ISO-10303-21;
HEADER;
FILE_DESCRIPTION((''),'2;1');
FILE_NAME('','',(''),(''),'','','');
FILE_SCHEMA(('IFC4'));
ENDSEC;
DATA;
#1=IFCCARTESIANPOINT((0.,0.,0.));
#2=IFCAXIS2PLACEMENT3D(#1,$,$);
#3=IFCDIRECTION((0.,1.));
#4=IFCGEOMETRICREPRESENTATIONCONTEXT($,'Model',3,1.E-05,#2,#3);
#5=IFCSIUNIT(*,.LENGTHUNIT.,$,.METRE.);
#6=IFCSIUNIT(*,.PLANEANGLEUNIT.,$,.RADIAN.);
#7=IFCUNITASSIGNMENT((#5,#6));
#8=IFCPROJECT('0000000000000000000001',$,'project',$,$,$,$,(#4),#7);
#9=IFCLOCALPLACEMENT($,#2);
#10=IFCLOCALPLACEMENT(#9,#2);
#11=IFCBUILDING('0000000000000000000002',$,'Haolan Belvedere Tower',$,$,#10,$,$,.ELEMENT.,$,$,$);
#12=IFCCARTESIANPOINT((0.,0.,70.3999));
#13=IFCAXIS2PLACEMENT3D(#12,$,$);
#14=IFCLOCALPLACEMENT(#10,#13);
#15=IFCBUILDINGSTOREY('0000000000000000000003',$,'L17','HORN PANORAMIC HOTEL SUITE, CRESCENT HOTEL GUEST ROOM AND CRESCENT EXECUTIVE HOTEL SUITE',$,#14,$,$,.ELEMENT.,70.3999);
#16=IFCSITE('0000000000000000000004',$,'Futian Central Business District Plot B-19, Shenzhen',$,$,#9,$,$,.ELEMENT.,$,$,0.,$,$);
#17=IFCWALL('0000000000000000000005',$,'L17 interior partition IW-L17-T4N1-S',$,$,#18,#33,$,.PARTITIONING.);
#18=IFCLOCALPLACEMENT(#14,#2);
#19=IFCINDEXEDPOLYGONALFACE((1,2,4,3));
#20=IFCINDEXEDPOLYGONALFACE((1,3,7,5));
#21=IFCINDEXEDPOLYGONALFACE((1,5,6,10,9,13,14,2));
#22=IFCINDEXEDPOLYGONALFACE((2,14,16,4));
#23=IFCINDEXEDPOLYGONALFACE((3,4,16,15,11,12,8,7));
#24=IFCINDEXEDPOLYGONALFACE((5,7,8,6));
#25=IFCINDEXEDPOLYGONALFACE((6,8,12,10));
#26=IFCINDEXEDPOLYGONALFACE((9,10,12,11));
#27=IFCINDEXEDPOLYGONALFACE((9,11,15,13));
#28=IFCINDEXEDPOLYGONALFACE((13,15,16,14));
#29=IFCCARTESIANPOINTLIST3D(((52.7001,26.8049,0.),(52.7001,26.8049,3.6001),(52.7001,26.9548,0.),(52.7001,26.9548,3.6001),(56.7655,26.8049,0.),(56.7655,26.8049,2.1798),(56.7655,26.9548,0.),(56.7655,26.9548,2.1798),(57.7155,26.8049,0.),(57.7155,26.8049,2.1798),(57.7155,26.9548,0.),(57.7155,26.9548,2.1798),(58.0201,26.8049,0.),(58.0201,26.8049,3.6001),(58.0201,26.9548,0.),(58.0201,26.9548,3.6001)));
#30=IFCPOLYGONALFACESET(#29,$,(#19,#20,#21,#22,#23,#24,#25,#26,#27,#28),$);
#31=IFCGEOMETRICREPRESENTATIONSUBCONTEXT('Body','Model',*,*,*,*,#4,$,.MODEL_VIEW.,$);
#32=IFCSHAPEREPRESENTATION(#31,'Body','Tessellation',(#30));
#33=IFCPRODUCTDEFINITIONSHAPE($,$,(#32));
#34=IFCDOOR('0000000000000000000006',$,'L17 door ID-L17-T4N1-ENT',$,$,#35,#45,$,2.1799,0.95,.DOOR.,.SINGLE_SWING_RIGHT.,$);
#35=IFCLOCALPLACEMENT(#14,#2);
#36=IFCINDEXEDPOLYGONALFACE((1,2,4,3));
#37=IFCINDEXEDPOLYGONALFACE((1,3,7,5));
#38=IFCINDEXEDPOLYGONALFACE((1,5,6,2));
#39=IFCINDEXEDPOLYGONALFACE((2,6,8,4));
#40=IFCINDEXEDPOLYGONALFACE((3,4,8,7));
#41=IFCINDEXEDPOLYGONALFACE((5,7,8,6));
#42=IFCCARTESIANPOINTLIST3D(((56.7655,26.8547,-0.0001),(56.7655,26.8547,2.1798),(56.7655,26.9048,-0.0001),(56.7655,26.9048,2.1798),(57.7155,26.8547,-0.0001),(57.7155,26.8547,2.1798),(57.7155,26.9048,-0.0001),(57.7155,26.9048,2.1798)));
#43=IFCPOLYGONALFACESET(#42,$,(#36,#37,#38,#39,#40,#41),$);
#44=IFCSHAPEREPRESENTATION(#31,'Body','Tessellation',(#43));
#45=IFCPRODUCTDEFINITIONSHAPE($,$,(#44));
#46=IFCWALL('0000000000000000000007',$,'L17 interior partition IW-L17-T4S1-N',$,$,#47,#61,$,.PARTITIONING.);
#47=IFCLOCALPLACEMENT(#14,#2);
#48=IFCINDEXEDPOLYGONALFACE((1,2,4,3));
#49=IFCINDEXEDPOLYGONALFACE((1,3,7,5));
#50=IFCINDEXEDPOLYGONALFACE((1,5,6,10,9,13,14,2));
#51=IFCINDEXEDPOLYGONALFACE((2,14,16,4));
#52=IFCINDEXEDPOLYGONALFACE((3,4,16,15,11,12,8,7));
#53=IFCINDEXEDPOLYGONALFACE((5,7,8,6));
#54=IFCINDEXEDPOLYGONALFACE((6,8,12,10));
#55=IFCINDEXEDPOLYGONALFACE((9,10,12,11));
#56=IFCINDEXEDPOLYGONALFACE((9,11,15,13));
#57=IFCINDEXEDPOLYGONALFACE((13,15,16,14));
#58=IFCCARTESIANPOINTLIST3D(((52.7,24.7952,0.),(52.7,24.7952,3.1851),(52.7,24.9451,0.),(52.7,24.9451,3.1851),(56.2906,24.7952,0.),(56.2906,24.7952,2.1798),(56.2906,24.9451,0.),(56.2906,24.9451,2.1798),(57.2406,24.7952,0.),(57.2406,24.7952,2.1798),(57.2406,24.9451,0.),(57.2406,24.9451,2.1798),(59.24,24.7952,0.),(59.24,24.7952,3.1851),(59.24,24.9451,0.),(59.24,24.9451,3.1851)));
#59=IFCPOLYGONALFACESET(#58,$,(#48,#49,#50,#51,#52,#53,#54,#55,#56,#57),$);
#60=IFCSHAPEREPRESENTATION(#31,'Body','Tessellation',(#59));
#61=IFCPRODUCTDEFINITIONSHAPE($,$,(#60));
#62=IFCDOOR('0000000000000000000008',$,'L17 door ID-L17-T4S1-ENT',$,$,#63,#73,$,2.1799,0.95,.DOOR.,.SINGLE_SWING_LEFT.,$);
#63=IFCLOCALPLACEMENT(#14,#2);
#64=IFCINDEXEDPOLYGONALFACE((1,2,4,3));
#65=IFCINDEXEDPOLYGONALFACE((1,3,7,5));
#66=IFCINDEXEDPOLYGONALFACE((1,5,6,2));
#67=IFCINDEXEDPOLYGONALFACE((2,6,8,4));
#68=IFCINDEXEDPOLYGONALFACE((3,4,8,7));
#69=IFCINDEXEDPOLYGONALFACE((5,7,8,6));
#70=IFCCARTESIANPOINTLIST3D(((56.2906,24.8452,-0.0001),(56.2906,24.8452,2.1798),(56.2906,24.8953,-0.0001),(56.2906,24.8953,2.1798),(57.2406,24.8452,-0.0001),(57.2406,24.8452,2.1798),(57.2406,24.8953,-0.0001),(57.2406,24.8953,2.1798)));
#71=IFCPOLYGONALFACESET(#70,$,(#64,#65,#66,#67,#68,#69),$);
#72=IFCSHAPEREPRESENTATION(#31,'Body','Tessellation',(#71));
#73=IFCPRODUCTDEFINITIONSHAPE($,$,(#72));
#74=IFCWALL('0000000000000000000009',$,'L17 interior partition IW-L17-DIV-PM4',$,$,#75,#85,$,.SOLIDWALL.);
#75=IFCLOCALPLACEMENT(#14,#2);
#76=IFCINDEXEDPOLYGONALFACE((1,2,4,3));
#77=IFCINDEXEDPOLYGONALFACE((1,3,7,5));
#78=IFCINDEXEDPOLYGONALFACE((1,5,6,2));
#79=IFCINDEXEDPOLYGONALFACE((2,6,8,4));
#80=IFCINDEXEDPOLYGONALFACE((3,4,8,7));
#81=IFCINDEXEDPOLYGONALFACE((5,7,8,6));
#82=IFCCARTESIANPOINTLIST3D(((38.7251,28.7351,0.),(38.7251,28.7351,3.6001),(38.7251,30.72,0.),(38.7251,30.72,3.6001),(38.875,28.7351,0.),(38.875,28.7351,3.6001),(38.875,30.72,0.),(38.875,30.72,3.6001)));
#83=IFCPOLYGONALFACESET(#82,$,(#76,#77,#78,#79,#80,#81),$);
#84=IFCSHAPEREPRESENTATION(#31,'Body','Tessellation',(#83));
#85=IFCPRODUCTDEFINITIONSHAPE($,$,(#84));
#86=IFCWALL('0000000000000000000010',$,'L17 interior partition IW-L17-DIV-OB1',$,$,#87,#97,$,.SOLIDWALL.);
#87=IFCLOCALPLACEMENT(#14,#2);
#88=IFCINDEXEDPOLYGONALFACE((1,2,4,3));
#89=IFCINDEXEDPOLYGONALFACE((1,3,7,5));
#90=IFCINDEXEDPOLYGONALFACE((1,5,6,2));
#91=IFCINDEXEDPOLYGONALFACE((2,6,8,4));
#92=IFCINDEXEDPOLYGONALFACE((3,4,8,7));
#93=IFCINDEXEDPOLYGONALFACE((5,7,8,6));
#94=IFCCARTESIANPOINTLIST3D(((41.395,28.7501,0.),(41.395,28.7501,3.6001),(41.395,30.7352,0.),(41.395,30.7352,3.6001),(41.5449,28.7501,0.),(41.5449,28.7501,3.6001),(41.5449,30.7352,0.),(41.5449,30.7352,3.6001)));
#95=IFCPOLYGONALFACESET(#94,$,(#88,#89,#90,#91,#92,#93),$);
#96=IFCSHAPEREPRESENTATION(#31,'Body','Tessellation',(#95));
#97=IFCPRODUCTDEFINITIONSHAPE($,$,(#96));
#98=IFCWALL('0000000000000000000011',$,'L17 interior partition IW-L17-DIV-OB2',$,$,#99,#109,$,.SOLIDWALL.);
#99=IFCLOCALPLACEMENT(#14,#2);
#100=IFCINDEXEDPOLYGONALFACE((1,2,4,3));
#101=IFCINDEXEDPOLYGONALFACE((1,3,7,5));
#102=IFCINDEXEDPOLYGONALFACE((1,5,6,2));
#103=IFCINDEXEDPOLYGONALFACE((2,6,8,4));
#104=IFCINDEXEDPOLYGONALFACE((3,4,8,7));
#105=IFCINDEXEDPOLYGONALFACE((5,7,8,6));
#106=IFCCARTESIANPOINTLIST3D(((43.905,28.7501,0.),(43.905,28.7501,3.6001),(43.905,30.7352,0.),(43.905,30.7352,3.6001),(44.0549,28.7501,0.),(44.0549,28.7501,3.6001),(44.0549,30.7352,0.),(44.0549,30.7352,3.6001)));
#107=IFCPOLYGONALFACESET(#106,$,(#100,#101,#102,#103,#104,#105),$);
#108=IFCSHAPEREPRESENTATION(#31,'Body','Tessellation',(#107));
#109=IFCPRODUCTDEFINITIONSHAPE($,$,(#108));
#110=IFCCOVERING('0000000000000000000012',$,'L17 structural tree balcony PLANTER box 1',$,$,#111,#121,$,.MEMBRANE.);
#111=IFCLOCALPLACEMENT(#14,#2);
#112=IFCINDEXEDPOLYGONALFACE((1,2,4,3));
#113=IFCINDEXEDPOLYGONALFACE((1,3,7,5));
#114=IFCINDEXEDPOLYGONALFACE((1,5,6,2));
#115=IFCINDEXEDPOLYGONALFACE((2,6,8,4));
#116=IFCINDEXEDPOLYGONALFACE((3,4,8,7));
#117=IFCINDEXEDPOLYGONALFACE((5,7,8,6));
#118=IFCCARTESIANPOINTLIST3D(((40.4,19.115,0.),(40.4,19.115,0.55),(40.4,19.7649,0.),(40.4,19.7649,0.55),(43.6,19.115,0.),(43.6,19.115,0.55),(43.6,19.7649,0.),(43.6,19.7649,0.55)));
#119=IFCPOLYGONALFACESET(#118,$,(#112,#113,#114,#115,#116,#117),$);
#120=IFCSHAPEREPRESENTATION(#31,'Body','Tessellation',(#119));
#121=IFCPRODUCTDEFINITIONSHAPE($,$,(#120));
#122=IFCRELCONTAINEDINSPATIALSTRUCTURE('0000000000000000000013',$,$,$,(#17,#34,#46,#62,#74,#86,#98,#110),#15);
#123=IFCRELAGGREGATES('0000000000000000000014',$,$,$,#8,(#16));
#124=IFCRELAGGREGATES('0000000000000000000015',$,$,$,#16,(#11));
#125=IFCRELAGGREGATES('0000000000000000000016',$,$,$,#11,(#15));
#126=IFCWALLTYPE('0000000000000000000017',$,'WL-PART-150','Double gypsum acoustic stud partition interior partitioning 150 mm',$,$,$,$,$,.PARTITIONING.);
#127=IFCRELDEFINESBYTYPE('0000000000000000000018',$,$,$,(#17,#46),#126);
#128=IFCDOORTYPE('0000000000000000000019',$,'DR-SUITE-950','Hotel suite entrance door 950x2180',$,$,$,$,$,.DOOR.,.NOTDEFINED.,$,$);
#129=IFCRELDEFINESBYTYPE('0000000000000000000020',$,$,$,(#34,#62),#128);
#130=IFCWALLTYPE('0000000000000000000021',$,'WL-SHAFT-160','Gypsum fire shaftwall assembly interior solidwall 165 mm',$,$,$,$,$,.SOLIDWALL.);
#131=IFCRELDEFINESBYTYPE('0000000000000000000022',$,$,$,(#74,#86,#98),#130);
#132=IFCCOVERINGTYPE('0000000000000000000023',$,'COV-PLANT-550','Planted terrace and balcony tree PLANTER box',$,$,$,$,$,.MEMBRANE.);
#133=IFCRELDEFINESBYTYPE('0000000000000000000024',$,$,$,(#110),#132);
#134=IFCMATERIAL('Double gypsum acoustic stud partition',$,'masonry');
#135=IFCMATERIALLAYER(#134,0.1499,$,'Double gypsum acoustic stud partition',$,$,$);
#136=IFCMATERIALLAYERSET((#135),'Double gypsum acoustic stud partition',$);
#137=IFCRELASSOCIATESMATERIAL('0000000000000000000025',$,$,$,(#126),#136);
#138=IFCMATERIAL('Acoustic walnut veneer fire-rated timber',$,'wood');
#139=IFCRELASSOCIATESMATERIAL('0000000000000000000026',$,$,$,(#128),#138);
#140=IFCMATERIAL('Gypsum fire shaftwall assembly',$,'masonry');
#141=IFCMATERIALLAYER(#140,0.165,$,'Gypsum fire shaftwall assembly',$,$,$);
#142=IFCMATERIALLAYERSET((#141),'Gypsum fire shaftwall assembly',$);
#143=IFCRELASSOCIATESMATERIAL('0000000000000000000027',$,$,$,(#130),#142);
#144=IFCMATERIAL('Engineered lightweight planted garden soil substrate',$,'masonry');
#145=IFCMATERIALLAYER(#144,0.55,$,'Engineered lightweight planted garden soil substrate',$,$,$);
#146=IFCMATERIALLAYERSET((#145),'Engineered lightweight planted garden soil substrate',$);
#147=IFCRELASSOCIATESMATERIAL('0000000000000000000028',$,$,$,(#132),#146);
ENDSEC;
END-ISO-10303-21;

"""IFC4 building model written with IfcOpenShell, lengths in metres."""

from ifc_helpers import new_model, si_unit, direction, frame, frame_2d, origin, origin_2d, place, context, subcontext, project, spatial, rectangle, extrude, material, layer, layer_set, type_object, element, fill, save


model = new_model("IFC4")

# Units and contexts
model_context = context("Model", 3, precision=1e-05, world=origin(), true_north=direction((0.0, 1.0)))
body_context = subcontext(model_context, "Body", "Model", "MODEL_VIEW")
ifc_project = project(units=[si_unit("LENGTHUNIT", "METRE"), si_unit("PLANEANGLEUNIT", "RADIAN")], contexts=[model_context])

# Site, building, storey
site_placement = place(None, origin())
site = spatial("IfcSite", under=ifc_project, at=site_placement, Name="Futian Central Business District Plot B-19, Shenzhen", CompositionType="ELEMENT", RefElevation=0.0)
building_placement = place(site_placement, origin())
building = spatial("IfcBuilding", under=site, at=building_placement, Name="Haolan Belvedere Tower", CompositionType="ELEMENT")
storey_placement = place(building_placement, frame((0.0, 0.0, 70.3999)))
storey = spatial("IfcBuildingStorey", under=building, at=storey_placement, Name="L17", Description="HORN PANORAMIC HOTEL SUITE, CRESCENT HOTEL GUEST ROOM AND CRESCENT EXECUTIVE HOTEL SUITE", CompositionType="ELEMENT", Elevation=70.3999)

# Shared definitions
ifc_material_1 = material(Name="Double gypsum acoustic stud partition", Category="masonry")
ifc_layer_1 = layer(ifc_material_1, 0.1499, Name="Double gypsum acoustic stud partition")
ifc_layer_set_1 = layer_set([ifc_layer_1], Name="Double gypsum acoustic stud partition")
wall_type_1 = type_object("IfcWallType", Name="WL-PART-150", Description="Double gypsum acoustic stud partition interior partitioning 150 mm", PredefinedType="PARTITIONING", material=ifc_layer_set_1)

# Walls, openings, doors
wall_1_placement = place(storey_placement, frame((52.7, 26.8799, 0.0), z_axis=(0.0, 0.0, 1.0), x_axis=(1.0, 0.0, 0.0)))
wall_1 = element("IfcWall", 1, at=wall_1_placement, inside=storey, type_object=wall_type_1, Name="L17 interior partition IW-L17-T4N1-S", PredefinedType="PARTITIONING", context=body_context, shape_type="SweptSolid", body=[
    extrude(rectangle(XDim=5.3201, YDim=0.1499, at=frame_2d((2.6602, 0.0))), origin(), (0.0, 0.0, 1.0), 3.6001),
])
opening_1_placement = place(wall_1_placement, frame((4.0654, 0.0, 0.0)))
opening_1 = element("IfcOpeningElement", 2, at=opening_1_placement, cuts=wall_1, PredefinedType="OPENING", context=body_context, shape_type="SweptSolid", body=[
    extrude(rectangle(XDim=0.95, YDim=2.1799, at=frame_2d((0.4751, 1.0898))), frame((0.0, 0.085, 0.0), z_axis=(0.0, -1.0, 0.0), x_axis=(1.0, 0.0, 0.0)), (0.0, 0.0, 1.0), 0.1699),
])
ifc_material_2 = material(Name="Acoustic walnut veneer fire-rated timber", Category="wood")
door_type_1 = type_object("IfcDoorType", Name="DR-SUITE-950", Description="Hotel suite entrance door 950x2180", OperationType="NOTDEFINED", PredefinedType="DOOR", material=ifc_material_2)
door_1_placement = place(opening_1_placement, origin())
door_1 = element("IfcDoor", 3, at=door_1_placement, inside=storey, type_object=door_type_1, Name="L17 door ID-L17-T4N1-ENT", OperationType="SINGLE_SWING_RIGHT", OverallHeight=2.1799, OverallWidth=0.95, PredefinedType="DOOR", context=body_context, shape_type="SweptSolid", body=[
    extrude(rectangle(XDim=0.95, YDim=2.1799, at=frame_2d((0.4751, 1.0898))), frame((0.0, 0.0249, 0.0), z_axis=(0.0, -1.0, 0.0), x_axis=(1.0, 0.0, 0.0)), (0.0, 0.0, 1.0), 0.05),
])
fill(opening_1, door_1)
wall_2_placement = place(storey_placement, frame((52.7, 24.8701, 0.0), z_axis=(0.0, 0.0, 1.0), x_axis=(1.0, 0.0, 0.0)))
wall_2 = element("IfcWall", 4, at=wall_2_placement, inside=storey, type_object=wall_type_1, Name="L17 interior partition IW-L17-T4S1-N", PredefinedType="PARTITIONING", context=body_context, shape_type="SweptSolid", body=[
    extrude(rectangle(XDim=6.54, YDim=0.1499, at=frame_2d((3.27, 0.0))), origin(), (0.0, 0.0, 1.0), 3.1851),
])
opening_2_placement = place(wall_2_placement, frame((4.5408, 0.0, 0.0), z_axis=(0.0, 0.0, 1.0), x_axis=(-1.0, 0.0, 0.0)))
opening_2 = element("IfcOpeningElement", 5, at=opening_2_placement, cuts=wall_2, PredefinedType="OPENING", context=body_context, shape_type="SweptSolid", body=[
    extrude(rectangle(XDim=0.95, YDim=2.1799, at=frame_2d((0.4751, 1.0898))), frame((0.0, 0.085, 0.0), z_axis=(0.0, -1.0, 0.0), x_axis=(1.0, 0.0, 0.0)), (0.0, 0.0, 1.0), 0.1699),
])
door_2_placement = place(opening_2_placement, origin())
door_2 = element("IfcDoor", 6, at=door_2_placement, inside=storey, type_object=door_type_1, Name="L17 door ID-L17-T4S1-ENT", OperationType="SINGLE_SWING_LEFT", OverallHeight=2.1799, OverallWidth=0.95, PredefinedType="DOOR", context=body_context, shape_type="SweptSolid", body=[
    extrude(rectangle(XDim=0.95, YDim=2.1799, at=frame_2d((0.4751, 1.0898))), frame((0.0, 0.0249, 0.0), z_axis=(0.0, -1.0, 0.0), x_axis=(1.0, 0.0, 0.0)), (0.0, 0.0, 1.0), 0.05),
])
fill(opening_2, door_2)

# Walls
ifc_material_3 = material(Name="Gypsum fire shaftwall assembly", Category="masonry")
ifc_layer_2 = layer(ifc_material_3, 0.165, Name="Gypsum fire shaftwall assembly")
ifc_layer_set_2 = layer_set([ifc_layer_2], Name="Gypsum fire shaftwall assembly")
wall_type_2 = type_object("IfcWallType", Name="WL-SHAFT-160", Description="Gypsum fire shaftwall assembly interior solidwall 165 mm", PredefinedType="SOLIDWALL", material=ifc_layer_set_2)
wall_3_placement = place(storey_placement, frame((38.8, 28.7351, 0.0), z_axis=(0.0, 0.0, 1.0), x_axis=(0.0, 1.0, 0.0)))
element("IfcWall", 7, at=wall_3_placement, inside=storey, type_object=wall_type_2, Name="L17 interior partition IW-L17-DIV-PM4", PredefinedType="SOLIDWALL", context=body_context, shape_type="SweptSolid", body=[
    extrude(rectangle(XDim=1.9849, YDim=0.1499, at=frame_2d((0.9924, 0.0))), origin(), (0.0, 0.0, 1.0), 3.6001),
])
for number, where, z_axis, x_axis, name in (
    (8, (41.47, 28.75, 0.0), (0.0, 0.0, 1.0), (0.0, 1.0, 0.0), "L17 interior partition IW-L17-DIV-OB1"),
    (9, (43.98, 28.75, 0.0), (0.0, 0.0, 1.0), (0.0, 1.0, 0.0), "L17 interior partition IW-L17-DIV-OB2"),
):
    element("IfcWall", number, at=place(storey_placement, frame(where, z_axis=z_axis, x_axis=x_axis)), inside=storey, type_object=wall_type_2, Name=name, PredefinedType="SOLIDWALL", context=body_context, shape_type="SweptSolid", body=[
        extrude(rectangle(XDim=1.9851, YDim=0.1499, at=frame_2d((0.9927, 0.0))), origin(), (0.0, 0.0, 1.0), 3.6001),
    ])

# Covering
ifc_material_4 = material(Name="Engineered lightweight planted garden soil substrate", Category="masonry")
ifc_layer_3 = layer(ifc_material_4, 0.55, Name="Engineered lightweight planted garden soil substrate")
ifc_layer_set_3 = layer_set([ifc_layer_3], Name="Engineered lightweight planted garden soil substrate")
covering_type = type_object("IfcCoveringType", Name="COV-PLANT-550", Description="Planted terrace and balcony tree PLANTER box", PredefinedType="MEMBRANE", material=ifc_layer_set_3)
covering_placement = place(storey_placement, frame((42.0, 19.4399, 0.0), z_axis=(0.0, 0.0, 1.0), x_axis=(1.0, 0.0, 0.0)))
element("IfcCovering", 10, at=covering_placement, inside=storey, type_object=covering_type, Name="L17 structural tree balcony PLANTER box 1", PredefinedType="MEMBRANE", context=body_context, shape_type="SweptSolid", body=[
    extrude(rectangle(XDim=3.2, YDim=0.6499, at=origin_2d()), origin(), (0.0, 0.0, 1.0), 0.55),
])

save(model, "model.ifc")
